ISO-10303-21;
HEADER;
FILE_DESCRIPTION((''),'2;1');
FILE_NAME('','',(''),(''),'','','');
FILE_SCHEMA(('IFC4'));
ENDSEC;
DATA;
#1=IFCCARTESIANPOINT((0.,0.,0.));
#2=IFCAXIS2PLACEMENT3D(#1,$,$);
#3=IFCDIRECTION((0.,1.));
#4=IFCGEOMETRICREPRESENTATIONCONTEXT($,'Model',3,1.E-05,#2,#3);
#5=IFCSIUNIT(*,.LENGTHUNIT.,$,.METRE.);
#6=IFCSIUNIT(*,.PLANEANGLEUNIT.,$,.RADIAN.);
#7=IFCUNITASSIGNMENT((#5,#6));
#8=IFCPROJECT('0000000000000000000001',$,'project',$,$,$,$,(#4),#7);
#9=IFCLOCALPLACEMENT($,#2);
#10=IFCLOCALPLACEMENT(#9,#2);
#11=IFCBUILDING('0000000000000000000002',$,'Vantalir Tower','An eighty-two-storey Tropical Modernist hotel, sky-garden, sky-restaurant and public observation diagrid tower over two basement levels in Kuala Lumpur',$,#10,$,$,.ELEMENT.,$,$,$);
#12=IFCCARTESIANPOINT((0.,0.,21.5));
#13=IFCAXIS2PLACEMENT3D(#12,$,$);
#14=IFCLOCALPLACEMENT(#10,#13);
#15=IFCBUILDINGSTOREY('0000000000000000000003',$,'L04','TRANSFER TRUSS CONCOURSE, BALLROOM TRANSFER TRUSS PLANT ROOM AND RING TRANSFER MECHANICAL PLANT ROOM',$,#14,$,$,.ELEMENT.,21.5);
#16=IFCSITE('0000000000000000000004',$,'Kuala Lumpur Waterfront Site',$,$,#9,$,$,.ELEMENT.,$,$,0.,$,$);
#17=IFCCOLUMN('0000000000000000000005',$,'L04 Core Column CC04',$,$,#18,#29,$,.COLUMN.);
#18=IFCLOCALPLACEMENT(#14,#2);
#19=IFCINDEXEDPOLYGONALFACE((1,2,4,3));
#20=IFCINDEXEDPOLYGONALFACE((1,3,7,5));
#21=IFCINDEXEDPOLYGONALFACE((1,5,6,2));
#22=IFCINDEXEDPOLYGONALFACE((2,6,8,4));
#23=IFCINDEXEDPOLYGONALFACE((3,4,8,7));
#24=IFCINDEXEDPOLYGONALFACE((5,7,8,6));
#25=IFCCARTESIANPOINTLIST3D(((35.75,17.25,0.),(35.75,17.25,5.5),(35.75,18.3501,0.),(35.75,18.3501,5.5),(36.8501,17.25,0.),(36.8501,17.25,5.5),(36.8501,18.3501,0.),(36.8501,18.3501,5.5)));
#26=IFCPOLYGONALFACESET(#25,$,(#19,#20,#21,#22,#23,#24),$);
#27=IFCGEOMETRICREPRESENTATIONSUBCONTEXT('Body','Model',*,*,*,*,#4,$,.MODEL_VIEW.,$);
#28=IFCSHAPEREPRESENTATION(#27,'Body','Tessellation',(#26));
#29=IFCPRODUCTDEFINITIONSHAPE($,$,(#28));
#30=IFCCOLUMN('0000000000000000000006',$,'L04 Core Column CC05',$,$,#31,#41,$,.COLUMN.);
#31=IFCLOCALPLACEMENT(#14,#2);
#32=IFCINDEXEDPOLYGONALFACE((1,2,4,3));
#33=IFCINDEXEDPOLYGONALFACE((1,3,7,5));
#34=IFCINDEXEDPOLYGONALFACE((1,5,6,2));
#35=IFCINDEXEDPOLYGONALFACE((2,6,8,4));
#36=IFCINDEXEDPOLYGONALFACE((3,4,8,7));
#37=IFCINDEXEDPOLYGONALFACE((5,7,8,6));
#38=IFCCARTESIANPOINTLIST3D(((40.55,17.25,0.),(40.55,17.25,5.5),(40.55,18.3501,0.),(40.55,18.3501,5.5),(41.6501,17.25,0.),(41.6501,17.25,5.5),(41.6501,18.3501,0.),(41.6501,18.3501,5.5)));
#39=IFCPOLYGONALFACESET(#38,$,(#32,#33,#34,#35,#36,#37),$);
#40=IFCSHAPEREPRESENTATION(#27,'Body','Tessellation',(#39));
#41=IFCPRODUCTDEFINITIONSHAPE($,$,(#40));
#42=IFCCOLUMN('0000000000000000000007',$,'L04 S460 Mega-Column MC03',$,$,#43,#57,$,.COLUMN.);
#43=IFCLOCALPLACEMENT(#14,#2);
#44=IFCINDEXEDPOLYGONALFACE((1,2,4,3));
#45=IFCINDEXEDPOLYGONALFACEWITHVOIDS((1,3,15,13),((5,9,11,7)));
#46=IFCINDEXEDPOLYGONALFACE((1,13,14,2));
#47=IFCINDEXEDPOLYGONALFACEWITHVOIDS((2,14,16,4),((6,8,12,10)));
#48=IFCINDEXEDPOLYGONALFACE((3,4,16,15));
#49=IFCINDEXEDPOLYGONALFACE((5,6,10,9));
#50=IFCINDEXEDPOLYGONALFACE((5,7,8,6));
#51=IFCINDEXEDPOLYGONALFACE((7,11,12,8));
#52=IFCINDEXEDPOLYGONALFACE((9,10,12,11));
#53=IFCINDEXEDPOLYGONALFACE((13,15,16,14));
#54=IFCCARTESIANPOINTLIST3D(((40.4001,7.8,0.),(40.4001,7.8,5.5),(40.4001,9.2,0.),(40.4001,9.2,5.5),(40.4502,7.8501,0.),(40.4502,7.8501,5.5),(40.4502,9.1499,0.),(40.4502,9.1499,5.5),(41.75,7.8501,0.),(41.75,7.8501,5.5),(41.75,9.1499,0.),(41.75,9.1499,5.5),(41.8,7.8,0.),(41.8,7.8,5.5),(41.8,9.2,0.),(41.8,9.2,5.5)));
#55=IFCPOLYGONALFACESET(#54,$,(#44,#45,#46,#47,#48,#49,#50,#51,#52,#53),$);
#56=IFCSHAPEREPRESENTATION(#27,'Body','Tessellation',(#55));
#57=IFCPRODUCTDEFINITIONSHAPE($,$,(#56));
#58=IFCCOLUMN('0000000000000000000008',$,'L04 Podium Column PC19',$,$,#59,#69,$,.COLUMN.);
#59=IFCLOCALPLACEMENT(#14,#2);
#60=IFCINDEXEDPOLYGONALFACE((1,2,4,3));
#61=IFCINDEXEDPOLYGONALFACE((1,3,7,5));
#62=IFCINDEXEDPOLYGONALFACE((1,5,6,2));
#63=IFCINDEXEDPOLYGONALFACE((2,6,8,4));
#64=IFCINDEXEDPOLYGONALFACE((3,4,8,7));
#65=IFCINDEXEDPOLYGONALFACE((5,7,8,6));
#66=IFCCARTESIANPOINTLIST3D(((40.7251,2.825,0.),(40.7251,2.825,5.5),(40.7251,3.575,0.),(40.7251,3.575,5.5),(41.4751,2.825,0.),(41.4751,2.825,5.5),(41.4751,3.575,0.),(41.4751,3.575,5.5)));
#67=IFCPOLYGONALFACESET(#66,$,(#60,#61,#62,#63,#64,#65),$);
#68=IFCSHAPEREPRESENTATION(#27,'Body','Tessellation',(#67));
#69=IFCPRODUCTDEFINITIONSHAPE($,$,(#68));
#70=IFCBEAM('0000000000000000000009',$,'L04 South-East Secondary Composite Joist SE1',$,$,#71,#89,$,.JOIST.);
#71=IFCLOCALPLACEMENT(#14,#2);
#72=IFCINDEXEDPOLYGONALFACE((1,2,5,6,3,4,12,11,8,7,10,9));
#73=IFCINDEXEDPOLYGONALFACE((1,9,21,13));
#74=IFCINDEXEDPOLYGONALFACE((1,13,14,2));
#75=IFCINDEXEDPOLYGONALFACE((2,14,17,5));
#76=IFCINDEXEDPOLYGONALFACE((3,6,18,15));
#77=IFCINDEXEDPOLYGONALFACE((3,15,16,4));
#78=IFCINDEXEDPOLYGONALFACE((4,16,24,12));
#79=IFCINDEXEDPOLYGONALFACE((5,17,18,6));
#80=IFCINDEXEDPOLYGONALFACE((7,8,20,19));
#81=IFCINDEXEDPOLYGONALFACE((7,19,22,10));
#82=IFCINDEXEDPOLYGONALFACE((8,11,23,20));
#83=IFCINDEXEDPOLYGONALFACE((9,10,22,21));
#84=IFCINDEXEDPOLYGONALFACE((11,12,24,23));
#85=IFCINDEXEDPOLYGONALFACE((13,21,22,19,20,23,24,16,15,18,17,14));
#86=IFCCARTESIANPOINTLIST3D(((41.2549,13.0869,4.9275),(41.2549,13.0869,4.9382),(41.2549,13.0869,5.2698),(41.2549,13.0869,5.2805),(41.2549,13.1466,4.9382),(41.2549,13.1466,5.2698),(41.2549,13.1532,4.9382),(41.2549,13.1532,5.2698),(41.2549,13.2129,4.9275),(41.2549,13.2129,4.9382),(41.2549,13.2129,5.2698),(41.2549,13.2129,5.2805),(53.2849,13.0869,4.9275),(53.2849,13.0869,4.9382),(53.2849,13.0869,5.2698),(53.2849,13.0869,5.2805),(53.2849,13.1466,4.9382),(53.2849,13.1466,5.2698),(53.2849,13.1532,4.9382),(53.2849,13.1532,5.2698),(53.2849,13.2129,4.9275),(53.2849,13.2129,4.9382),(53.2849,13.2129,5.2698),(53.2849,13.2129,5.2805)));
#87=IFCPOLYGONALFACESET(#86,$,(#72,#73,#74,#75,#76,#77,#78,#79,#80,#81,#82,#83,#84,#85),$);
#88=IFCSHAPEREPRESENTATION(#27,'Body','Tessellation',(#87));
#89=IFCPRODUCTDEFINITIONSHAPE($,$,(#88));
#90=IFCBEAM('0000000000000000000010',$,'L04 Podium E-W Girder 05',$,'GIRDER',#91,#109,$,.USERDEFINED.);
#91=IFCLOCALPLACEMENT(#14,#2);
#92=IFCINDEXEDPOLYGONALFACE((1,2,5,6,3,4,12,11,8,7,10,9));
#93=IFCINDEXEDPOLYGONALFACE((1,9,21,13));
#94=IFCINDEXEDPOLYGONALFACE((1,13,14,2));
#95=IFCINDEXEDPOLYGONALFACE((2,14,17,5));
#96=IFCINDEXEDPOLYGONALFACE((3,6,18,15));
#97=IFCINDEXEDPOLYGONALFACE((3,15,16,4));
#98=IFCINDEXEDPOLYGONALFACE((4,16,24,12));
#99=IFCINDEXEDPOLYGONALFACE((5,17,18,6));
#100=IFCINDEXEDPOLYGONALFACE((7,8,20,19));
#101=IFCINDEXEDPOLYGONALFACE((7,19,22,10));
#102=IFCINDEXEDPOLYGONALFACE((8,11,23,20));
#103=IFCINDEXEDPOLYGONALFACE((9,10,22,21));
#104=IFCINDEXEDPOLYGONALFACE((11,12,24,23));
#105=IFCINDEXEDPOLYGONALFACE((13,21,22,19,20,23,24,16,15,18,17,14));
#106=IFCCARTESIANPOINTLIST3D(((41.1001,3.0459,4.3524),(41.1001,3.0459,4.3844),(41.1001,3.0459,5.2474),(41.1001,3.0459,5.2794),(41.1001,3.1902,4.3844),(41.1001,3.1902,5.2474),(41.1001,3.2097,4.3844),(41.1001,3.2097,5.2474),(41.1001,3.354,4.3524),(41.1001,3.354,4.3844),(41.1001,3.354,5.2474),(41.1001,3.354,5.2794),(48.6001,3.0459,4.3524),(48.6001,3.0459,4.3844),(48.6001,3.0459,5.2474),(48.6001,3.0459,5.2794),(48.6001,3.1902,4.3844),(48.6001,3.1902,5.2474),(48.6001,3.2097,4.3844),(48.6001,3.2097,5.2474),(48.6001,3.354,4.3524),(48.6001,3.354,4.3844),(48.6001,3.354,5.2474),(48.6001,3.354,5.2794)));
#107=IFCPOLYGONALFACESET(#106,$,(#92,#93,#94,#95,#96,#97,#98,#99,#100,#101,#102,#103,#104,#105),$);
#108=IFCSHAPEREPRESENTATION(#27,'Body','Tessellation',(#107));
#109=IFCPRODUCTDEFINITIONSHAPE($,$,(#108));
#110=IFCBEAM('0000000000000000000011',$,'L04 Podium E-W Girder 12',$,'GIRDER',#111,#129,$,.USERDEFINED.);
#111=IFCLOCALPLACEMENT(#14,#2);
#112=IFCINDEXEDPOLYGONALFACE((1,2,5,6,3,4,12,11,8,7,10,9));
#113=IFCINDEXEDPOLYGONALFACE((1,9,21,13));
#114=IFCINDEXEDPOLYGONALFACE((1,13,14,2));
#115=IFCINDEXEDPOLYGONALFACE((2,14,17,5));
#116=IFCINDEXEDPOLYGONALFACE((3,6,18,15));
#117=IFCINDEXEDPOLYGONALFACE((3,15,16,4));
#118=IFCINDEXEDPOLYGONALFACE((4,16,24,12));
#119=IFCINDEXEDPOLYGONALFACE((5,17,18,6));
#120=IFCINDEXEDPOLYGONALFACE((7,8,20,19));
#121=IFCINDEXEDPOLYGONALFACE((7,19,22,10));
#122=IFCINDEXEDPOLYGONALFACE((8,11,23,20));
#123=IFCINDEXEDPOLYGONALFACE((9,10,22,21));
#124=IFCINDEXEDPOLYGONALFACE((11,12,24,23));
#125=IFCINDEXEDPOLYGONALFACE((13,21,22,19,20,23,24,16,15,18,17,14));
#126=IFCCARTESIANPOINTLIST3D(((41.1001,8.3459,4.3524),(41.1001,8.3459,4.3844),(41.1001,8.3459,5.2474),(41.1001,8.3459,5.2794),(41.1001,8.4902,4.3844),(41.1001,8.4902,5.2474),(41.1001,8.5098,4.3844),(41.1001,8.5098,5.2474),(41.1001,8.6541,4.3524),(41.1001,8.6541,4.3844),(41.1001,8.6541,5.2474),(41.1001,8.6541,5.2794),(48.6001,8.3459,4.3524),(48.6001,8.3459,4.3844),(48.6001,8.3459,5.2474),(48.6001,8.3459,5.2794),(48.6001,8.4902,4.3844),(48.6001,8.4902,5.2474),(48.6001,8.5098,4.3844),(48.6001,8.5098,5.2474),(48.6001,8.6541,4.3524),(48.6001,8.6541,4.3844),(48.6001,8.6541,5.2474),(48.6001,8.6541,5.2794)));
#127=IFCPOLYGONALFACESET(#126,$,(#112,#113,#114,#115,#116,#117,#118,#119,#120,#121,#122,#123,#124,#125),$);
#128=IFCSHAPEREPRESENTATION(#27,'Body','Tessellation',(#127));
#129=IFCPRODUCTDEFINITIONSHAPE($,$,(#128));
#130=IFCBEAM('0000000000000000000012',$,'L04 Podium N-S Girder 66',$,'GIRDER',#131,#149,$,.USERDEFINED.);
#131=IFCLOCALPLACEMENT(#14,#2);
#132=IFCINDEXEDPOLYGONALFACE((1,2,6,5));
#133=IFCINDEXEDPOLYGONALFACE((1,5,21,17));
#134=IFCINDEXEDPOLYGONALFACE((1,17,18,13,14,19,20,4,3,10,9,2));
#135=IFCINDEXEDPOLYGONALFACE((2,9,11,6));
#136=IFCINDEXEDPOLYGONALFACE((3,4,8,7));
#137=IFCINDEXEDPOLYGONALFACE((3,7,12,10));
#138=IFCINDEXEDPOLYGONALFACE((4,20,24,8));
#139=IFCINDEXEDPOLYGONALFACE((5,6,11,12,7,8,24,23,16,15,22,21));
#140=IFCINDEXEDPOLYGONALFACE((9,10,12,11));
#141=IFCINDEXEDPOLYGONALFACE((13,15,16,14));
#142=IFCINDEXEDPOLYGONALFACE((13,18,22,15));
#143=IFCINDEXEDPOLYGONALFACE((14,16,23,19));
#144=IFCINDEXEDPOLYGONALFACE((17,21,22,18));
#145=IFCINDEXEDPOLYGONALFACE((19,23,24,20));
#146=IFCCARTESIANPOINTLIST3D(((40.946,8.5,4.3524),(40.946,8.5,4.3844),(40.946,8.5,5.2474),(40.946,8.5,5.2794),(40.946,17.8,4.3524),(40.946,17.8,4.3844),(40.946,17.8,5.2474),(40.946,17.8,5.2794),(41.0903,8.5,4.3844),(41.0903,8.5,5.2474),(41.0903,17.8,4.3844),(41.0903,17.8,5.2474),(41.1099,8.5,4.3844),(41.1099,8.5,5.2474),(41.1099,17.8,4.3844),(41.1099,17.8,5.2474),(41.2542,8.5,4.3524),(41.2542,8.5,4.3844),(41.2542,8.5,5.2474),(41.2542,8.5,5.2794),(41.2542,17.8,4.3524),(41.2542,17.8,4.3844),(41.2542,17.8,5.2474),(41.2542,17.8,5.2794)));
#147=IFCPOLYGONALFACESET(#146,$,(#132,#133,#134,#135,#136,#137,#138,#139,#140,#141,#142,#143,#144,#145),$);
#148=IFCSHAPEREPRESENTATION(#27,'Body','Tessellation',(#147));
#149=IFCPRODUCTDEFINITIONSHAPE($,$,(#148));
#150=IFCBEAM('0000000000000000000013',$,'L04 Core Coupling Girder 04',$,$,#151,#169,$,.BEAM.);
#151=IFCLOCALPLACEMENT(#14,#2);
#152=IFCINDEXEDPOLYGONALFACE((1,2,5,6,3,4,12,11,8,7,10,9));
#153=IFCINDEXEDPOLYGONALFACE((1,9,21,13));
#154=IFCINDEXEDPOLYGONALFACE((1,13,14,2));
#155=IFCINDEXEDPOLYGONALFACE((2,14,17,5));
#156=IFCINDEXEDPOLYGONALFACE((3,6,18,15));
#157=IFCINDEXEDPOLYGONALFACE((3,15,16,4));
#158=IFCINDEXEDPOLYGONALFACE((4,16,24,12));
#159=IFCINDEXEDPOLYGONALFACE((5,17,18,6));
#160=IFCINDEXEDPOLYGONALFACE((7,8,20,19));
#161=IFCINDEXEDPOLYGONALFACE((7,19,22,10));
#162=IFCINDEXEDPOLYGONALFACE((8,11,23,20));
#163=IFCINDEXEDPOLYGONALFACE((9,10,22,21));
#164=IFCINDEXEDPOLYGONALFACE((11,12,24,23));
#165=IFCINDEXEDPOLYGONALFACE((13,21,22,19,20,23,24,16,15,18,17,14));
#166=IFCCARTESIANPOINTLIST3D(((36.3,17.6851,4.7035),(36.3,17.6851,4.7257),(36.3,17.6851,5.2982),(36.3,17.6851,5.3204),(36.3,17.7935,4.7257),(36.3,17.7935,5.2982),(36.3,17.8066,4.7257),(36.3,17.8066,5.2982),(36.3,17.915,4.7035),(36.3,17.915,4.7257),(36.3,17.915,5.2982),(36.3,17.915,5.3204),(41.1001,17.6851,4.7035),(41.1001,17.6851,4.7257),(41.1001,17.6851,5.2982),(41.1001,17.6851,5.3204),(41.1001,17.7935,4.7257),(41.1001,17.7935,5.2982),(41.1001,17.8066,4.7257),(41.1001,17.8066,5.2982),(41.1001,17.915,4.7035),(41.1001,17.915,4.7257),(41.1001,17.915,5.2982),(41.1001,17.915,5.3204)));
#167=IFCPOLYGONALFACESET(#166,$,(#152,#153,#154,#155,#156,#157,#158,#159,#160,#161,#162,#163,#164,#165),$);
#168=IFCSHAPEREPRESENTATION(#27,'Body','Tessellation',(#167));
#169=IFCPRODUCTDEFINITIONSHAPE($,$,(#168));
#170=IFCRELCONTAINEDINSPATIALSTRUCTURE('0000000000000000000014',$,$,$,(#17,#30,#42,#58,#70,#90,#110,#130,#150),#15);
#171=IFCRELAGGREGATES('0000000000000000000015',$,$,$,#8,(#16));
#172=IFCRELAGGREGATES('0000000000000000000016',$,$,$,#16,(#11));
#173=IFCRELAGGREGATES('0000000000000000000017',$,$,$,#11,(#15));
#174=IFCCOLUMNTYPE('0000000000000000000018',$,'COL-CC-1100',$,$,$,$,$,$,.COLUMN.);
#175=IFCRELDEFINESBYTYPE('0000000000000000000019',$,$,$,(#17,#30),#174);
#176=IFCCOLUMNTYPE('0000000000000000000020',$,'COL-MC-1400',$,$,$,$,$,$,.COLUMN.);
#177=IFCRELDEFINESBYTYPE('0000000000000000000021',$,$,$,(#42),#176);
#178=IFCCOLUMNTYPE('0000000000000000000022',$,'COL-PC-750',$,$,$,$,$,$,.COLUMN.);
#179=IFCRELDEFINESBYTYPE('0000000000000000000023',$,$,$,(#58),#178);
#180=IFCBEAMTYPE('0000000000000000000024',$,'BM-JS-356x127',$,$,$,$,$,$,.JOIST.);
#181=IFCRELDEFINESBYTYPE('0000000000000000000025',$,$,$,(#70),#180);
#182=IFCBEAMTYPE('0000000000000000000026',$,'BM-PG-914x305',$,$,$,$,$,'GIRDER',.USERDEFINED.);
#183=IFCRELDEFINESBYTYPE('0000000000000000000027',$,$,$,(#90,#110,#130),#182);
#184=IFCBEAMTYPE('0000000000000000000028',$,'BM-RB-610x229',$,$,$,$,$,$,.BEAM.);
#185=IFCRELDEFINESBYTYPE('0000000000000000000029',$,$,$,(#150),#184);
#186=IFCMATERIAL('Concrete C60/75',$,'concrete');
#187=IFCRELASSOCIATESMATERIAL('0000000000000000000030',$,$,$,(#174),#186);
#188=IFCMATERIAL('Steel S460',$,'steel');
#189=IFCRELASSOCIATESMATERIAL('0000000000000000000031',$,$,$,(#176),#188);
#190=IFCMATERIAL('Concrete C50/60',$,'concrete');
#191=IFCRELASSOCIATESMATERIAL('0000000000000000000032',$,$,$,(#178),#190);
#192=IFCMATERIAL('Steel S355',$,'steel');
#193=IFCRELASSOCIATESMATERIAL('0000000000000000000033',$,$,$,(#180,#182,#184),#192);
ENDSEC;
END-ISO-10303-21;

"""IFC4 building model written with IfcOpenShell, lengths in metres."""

from ifc_helpers import new_model, si_unit, direction, frame, origin, origin_2d, place, context, subcontext, project, spatial, rectangle, hollow_rectangle, i_section, extrude, material, material_profile, profile_set, type_object, element, save


model = new_model("IFC4")

# Units and contexts
model_context = context("Model", 3, precision=1e-05, world=origin(), true_north=direction((0.0, 1.0)))
body_context = subcontext(model_context, "Body", "Model", "MODEL_VIEW")
ifc_project = project(units=[si_unit("LENGTHUNIT", "METRE"), si_unit("PLANEANGLEUNIT", "RADIAN")], contexts=[model_context])

# Site, building, storey
site_placement = place(None, origin())
site = spatial("IfcSite", under=ifc_project, at=site_placement, Name="Kuala Lumpur Waterfront Site", CompositionType="ELEMENT", RefElevation=0.0)
building_placement = place(site_placement, origin())
building = spatial("IfcBuilding", under=site, at=building_placement, Name="Vantalir Tower", Description="An eighty-two-storey Tropical Modernist hotel, sky-garden, sky-restaurant and public observation diagrid tower over two basement levels in Kuala Lumpur", CompositionType="ELEMENT")
storey_placement = place(building_placement, frame((0.0, 0.0, 21.5)))
storey = spatial("IfcBuildingStorey", under=building, at=storey_placement, Name="L04", Description="TRANSFER TRUSS CONCOURSE, BALLROOM TRANSFER TRUSS PLANT ROOM AND RING TRANSFER MECHANICAL PLANT ROOM", CompositionType="ELEMENT", Elevation=21.5)

# Columns
ifc_material_1 = material(Name="Concrete C60/75", Category="concrete")
ifc_material_profile_1 = material_profile(ifc_material_1, rectangle(XDim=1.1001, YDim=1.1001, at=origin_2d()), Name="Concrete C60/75")
ifc_profile_set_1 = profile_set([ifc_material_profile_1], Name="Concrete C60/75")
column_type_1 = type_object("IfcColumnType", Name="COL-CC-1100", PredefinedType="COLUMN", material=ifc_profile_set_1)
for number, where, z_axis, x_axis, name in (
    (1, (36.3, 17.8, 0.0), (0.0, 0.0, 1.0), (1.0, 0.0, 0.0), "L04 Core Column CC04"),
    (2, (41.1001, 17.8, 0.0), (0.0, 0.0, 1.0), (1.0, 0.0, 0.0), "L04 Core Column CC05"),
):
    element("IfcColumn", number, at=place(storey_placement, frame(where, z_axis=z_axis, x_axis=x_axis)), inside=storey, type_object=column_type_1, Name=name, PredefinedType="COLUMN", context=body_context, shape_type="SweptSolid", body=[
        extrude(rectangle(XDim=1.1001, YDim=1.1001, at=origin_2d()), origin(), (0.0, 0.0, 1.0), 5.5),
    ])
ifc_material_2 = material(Name="Steel S460", Category="steel")
ifc_material_profile_2 = material_profile(ifc_material_2, hollow_rectangle(XDim=1.3999, YDim=1.3999, WallThickness=0.05, at=origin_2d()), Name="Steel S460")
ifc_profile_set_2 = profile_set([ifc_material_profile_2], Name="Steel S460")
column_type_2 = type_object("IfcColumnType", Name="COL-MC-1400", PredefinedType="COLUMN", material=ifc_profile_set_2)
column_1_placement = place(storey_placement, frame((41.1001, 8.5, 0.0), z_axis=(0.0, 0.0, 1.0), x_axis=(1.0, 0.0, 0.0)))
element("IfcColumn", 3, at=column_1_placement, inside=storey, type_object=column_type_2, Name="L04 S460 Mega-Column MC03", PredefinedType="COLUMN", context=body_context, shape_type="SweptSolid", body=[
    extrude(hollow_rectangle(XDim=1.3999, YDim=1.3999, WallThickness=0.05, at=origin_2d()), origin(), (0.0, 0.0, 1.0), 5.5),
])
ifc_material_3 = material(Name="Concrete C50/60", Category="concrete")
ifc_material_profile_3 = material_profile(ifc_material_3, rectangle(XDim=0.75, YDim=0.75, at=origin_2d()), Name="Concrete C50/60")
ifc_profile_set_3 = profile_set([ifc_material_profile_3], Name="Concrete C50/60")
column_type_3 = type_object("IfcColumnType", Name="COL-PC-750", PredefinedType="COLUMN", material=ifc_profile_set_3)
column_2_placement = place(storey_placement, frame((41.1001, 3.2, 0.0), z_axis=(0.0, 0.0, 1.0), x_axis=(1.0, 0.0, 0.0)))
element("IfcColumn", 4, at=column_2_placement, inside=storey, type_object=column_type_3, Name="L04 Podium Column PC19", PredefinedType="COLUMN", context=body_context, shape_type="SweptSolid", body=[
    extrude(rectangle(XDim=0.75, YDim=0.75, at=origin_2d()), origin(), (0.0, 0.0, 1.0), 5.5),
])

# Beams
ifc_material_4 = material(Name="Steel S355", Category="steel")
ifc_material_profile_4 = material_profile(ifc_material_4, i_section(OverallWidth=0.126, OverallDepth=0.353, WebThickness=0.0066, FlangeThickness=0.0107, at=origin_2d()), Name="Steel S355")
ifc_profile_set_4 = profile_set([ifc_material_profile_4], Name="Steel S355")
beam_type_1 = type_object("IfcBeamType", Name="BM-JS-356x127", PredefinedType="JOIST", material=ifc_profile_set_4)
beam_1_placement = place(storey_placement, frame((41.2549, 13.1499, 5.104), z_axis=(1.0, 0.0, 0.0), x_axis=(0.0, 1.0, 0.0)))
element("IfcBeam", 5, at=beam_1_placement, inside=storey, type_object=beam_type_1, Name="L04 South-East Secondary Composite Joist SE1", PredefinedType="JOIST", context=body_context, shape_type="SweptSolid", body=[
    extrude(i_section(OverallWidth=0.126, OverallDepth=0.353, WebThickness=0.0066, FlangeThickness=0.0107, at=origin_2d()), origin(), (0.0, 0.0, 1.0), 12.03),
])
ifc_material_profile_5 = material_profile(ifc_material_4, i_section(OverallWidth=0.3081, OverallDepth=0.927, WebThickness=0.0195, FlangeThickness=0.032, at=origin_2d()), Name="Steel S355")
ifc_profile_set_5 = profile_set([ifc_material_profile_5], Name="Steel S355")
beam_type_2 = type_object("IfcBeamType", Name="BM-PG-914x305", ElementType="GIRDER", PredefinedType="USERDEFINED", material=ifc_profile_set_5)
for number, where, z_axis, x_axis, name in (
    (6, (41.1001, 3.2, 4.8159), (1.0, 0.0, 0.0), (0.0, 1.0, 0.0), "L04 Podium E-W Girder 05"),
    (7, (41.1001, 8.5, 4.8159), (1.0, 0.0, 0.0), (0.0, 1.0, 0.0), "L04 Podium E-W Girder 12"),
):
    element("IfcBeam", number, at=place(storey_placement, frame(where, z_axis=z_axis, x_axis=x_axis)), inside=storey, type_object=beam_type_2, Name=name, ObjectType="GIRDER", PredefinedType="USERDEFINED", context=body_context, shape_type="SweptSolid", body=[
        extrude(i_section(OverallWidth=0.3081, OverallDepth=0.927, WebThickness=0.0195, FlangeThickness=0.032, at=origin_2d()), origin(), (0.0, 0.0, 1.0), 7.5),
    ])
beam_2_placement = place(storey_placement, frame((41.1001, 8.5, 4.8159), z_axis=(0.0, 1.0, 0.0), x_axis=(-1.0, 0.0, 0.0)))
element("IfcBeam", 8, at=beam_2_placement, inside=storey, type_object=beam_type_2, Name="L04 Podium N-S Girder 66", ObjectType="GIRDER", PredefinedType="USERDEFINED", context=body_context, shape_type="SweptSolid", body=[
    extrude(i_section(OverallWidth=0.3081, OverallDepth=0.927, WebThickness=0.0195, FlangeThickness=0.032, at=origin_2d()), origin(), (0.0, 0.0, 1.0), 9.3),
])
ifc_material_profile_6 = material_profile(ifc_material_4, i_section(OverallWidth=0.23, OverallDepth=0.6169, WebThickness=0.0132, FlangeThickness=0.0222, at=origin_2d()), Name="Steel S355")
ifc_profile_set_6 = profile_set([ifc_material_profile_6], Name="Steel S355")
beam_type_3 = type_object("IfcBeamType", Name="BM-RB-610x229", PredefinedType="BEAM", material=ifc_profile_set_6)
beam_3_placement = place(storey_placement, frame((36.3, 17.8, 5.012), z_axis=(1.0, 0.0, 0.0), x_axis=(0.0, 1.0, 0.0)))
element("IfcBeam", 9, at=beam_3_placement, inside=storey, type_object=beam_type_3, Name="L04 Core Coupling Girder 04", PredefinedType="BEAM", context=body_context, shape_type="SweptSolid", body=[
    extrude(i_section(OverallWidth=0.23, OverallDepth=0.6169, WebThickness=0.0132, FlangeThickness=0.0222, at=origin_2d()), origin(), (0.0, 0.0, 1.0), 4.8),
])

save(model, "model.ifc")
